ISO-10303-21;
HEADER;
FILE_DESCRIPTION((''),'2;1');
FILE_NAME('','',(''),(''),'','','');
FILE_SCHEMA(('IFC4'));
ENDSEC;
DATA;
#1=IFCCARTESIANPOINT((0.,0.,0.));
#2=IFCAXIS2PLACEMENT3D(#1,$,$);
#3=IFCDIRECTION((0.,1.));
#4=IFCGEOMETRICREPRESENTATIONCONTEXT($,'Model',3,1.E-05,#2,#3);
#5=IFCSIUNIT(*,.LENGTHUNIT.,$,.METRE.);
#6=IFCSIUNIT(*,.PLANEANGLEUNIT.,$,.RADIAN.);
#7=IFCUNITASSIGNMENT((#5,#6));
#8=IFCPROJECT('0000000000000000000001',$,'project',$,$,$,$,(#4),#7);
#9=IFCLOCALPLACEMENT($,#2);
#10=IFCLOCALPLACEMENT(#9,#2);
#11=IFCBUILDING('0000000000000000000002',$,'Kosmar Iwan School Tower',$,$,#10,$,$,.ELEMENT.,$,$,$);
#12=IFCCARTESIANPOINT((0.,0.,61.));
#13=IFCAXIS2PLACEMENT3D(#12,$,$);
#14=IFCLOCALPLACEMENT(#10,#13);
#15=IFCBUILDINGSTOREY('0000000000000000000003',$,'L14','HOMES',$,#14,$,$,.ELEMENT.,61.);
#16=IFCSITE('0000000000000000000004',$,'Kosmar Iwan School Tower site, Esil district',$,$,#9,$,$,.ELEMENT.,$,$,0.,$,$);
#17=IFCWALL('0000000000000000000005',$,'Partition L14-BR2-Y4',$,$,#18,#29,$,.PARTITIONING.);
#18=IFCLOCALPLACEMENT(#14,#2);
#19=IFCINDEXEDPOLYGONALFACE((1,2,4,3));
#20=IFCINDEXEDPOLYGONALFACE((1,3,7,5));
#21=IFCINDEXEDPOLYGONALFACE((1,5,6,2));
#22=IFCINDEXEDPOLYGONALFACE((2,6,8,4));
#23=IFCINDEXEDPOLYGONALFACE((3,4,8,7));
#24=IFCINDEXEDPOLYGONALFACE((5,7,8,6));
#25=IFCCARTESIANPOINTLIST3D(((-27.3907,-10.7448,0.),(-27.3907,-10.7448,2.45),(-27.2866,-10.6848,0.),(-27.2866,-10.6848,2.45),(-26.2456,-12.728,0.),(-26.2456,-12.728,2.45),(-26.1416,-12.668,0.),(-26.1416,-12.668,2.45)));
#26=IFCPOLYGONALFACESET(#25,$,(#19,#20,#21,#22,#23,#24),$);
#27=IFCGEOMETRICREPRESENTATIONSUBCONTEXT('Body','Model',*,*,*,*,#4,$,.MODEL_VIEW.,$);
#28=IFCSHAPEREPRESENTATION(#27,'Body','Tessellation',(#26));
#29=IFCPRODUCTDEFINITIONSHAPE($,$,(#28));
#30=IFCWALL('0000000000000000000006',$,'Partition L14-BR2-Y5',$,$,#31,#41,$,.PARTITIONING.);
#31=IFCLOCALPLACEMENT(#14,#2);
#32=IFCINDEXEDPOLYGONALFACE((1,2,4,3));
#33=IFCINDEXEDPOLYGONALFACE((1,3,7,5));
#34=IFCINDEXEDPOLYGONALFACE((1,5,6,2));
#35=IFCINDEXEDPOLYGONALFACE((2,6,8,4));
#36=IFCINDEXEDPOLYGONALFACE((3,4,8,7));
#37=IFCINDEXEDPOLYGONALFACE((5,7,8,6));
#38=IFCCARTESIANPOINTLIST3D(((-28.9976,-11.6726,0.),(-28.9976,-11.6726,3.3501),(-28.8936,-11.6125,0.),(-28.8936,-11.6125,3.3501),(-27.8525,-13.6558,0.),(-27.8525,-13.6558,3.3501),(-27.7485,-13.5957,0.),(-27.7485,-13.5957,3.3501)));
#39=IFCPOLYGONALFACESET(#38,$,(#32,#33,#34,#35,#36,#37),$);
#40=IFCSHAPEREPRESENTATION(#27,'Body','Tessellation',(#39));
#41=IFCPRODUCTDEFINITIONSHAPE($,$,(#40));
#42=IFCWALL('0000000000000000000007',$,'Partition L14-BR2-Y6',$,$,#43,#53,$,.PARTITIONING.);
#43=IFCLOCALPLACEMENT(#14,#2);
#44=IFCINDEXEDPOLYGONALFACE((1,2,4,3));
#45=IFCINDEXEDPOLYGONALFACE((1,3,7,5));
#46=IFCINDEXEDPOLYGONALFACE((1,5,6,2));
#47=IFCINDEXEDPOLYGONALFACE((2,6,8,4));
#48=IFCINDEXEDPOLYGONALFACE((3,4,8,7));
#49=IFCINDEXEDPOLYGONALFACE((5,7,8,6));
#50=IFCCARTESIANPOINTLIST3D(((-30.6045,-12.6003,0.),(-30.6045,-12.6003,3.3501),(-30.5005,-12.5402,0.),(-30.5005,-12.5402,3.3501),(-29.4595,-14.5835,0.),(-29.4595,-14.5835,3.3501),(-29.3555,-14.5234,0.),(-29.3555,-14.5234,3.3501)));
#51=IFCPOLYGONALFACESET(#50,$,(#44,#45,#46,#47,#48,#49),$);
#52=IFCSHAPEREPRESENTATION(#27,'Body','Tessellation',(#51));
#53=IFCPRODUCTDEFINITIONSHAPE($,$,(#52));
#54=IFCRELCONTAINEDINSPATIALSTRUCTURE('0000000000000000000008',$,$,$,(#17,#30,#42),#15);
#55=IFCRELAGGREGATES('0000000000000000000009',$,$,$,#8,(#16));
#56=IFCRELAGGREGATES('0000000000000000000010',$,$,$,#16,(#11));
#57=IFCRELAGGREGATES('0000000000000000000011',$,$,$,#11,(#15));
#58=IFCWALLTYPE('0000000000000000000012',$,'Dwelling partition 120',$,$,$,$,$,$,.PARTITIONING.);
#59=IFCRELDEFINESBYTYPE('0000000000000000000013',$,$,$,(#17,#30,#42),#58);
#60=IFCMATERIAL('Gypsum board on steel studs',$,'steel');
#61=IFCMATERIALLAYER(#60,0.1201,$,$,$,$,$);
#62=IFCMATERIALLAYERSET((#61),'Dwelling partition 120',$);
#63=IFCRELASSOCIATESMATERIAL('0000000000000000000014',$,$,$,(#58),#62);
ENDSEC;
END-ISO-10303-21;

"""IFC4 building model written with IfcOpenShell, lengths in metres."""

from ifc_helpers import new_model, si_unit, direction, frame, frame_2d, origin, place, context, subcontext, project, spatial, rectangle, extrude, material, layer, layer_set, type_object, element, save


model = new_model("IFC4")

# Units and contexts
model_context = context("Model", 3, precision=1e-05, world=origin(), true_north=direction((0.0, 1.0)))
body_context = subcontext(model_context, "Body", "Model", "MODEL_VIEW")
ifc_project = project(units=[si_unit("LENGTHUNIT", "METRE"), si_unit("PLANEANGLEUNIT", "RADIAN")], contexts=[model_context])

# Site, building, storey
site_placement = place(None, origin())
site = spatial("IfcSite", under=ifc_project, at=site_placement, Name="Kosmar Iwan School Tower site, Esil district", CompositionType="ELEMENT", RefElevation=0.0)
building_placement = place(site_placement, origin())
building = spatial("IfcBuilding", under=site, at=building_placement, Name="Kosmar Iwan School Tower", CompositionType="ELEMENT")
storey_placement = place(building_placement, frame((0.0, 0.0, 61.0)))
storey = spatial("IfcBuildingStorey", under=building, at=storey_placement, Name="L14", Description="HOMES", CompositionType="ELEMENT", Elevation=61.0)

# Walls
ifc_material_1 = material(Name="Gypsum board on steel studs", Category="steel")
ifc_layer_1 = layer(ifc_material_1, 0.1201)
ifc_layer_set_1 = layer_set([ifc_layer_1], Name="Dwelling partition 120")
wall_type_1 = type_object("IfcWallType", Name="Dwelling partition 120", PredefinedType="PARTITIONING", material=ifc_layer_set_1)
wall_1_placement = place(storey_placement, frame((-26.1936, -12.698, 0.0), z_axis=(0.0, 0.0, 1.0), x_axis=(-0.500015, 0.866017, 0.0)))
element("IfcWall", 1, at=wall_1_placement, inside=storey, type_object=wall_type_1, Name="Partition L14-BR2-Y4", PredefinedType="PARTITIONING", context=body_context, shape_type="SweptSolid", body=[
    extrude(rectangle(XDim=2.29, YDim=0.1201, at=frame_2d((1.145, 0.0))), origin(), (0.0, 0.0, 1.0), 2.45),
])
for number, where, z_axis, x_axis, name in (
    (2, (-27.8005, -13.6257, 0.0), (0.0, 0.0, 1.0), (-0.500015, 0.866017, 0.0), "Partition L14-BR2-Y5"),
    (3, (-29.4075, -14.5535, 0.0), (0.0, 0.0, 1.0), (-0.500015, 0.866017, 0.0), "Partition L14-BR2-Y6"),
):
    element("IfcWall", number, at=place(storey_placement, frame(where, z_axis=z_axis, x_axis=x_axis)), inside=storey, type_object=wall_type_1, Name=name, PredefinedType="PARTITIONING", context=body_context, shape_type="SweptSolid", body=[
        extrude(rectangle(XDim=2.29, YDim=0.1201, at=frame_2d((1.145, 0.0))), origin(), (0.0, 0.0, 1.0), 3.3501),
    ])

save(model, "model.ifc")
